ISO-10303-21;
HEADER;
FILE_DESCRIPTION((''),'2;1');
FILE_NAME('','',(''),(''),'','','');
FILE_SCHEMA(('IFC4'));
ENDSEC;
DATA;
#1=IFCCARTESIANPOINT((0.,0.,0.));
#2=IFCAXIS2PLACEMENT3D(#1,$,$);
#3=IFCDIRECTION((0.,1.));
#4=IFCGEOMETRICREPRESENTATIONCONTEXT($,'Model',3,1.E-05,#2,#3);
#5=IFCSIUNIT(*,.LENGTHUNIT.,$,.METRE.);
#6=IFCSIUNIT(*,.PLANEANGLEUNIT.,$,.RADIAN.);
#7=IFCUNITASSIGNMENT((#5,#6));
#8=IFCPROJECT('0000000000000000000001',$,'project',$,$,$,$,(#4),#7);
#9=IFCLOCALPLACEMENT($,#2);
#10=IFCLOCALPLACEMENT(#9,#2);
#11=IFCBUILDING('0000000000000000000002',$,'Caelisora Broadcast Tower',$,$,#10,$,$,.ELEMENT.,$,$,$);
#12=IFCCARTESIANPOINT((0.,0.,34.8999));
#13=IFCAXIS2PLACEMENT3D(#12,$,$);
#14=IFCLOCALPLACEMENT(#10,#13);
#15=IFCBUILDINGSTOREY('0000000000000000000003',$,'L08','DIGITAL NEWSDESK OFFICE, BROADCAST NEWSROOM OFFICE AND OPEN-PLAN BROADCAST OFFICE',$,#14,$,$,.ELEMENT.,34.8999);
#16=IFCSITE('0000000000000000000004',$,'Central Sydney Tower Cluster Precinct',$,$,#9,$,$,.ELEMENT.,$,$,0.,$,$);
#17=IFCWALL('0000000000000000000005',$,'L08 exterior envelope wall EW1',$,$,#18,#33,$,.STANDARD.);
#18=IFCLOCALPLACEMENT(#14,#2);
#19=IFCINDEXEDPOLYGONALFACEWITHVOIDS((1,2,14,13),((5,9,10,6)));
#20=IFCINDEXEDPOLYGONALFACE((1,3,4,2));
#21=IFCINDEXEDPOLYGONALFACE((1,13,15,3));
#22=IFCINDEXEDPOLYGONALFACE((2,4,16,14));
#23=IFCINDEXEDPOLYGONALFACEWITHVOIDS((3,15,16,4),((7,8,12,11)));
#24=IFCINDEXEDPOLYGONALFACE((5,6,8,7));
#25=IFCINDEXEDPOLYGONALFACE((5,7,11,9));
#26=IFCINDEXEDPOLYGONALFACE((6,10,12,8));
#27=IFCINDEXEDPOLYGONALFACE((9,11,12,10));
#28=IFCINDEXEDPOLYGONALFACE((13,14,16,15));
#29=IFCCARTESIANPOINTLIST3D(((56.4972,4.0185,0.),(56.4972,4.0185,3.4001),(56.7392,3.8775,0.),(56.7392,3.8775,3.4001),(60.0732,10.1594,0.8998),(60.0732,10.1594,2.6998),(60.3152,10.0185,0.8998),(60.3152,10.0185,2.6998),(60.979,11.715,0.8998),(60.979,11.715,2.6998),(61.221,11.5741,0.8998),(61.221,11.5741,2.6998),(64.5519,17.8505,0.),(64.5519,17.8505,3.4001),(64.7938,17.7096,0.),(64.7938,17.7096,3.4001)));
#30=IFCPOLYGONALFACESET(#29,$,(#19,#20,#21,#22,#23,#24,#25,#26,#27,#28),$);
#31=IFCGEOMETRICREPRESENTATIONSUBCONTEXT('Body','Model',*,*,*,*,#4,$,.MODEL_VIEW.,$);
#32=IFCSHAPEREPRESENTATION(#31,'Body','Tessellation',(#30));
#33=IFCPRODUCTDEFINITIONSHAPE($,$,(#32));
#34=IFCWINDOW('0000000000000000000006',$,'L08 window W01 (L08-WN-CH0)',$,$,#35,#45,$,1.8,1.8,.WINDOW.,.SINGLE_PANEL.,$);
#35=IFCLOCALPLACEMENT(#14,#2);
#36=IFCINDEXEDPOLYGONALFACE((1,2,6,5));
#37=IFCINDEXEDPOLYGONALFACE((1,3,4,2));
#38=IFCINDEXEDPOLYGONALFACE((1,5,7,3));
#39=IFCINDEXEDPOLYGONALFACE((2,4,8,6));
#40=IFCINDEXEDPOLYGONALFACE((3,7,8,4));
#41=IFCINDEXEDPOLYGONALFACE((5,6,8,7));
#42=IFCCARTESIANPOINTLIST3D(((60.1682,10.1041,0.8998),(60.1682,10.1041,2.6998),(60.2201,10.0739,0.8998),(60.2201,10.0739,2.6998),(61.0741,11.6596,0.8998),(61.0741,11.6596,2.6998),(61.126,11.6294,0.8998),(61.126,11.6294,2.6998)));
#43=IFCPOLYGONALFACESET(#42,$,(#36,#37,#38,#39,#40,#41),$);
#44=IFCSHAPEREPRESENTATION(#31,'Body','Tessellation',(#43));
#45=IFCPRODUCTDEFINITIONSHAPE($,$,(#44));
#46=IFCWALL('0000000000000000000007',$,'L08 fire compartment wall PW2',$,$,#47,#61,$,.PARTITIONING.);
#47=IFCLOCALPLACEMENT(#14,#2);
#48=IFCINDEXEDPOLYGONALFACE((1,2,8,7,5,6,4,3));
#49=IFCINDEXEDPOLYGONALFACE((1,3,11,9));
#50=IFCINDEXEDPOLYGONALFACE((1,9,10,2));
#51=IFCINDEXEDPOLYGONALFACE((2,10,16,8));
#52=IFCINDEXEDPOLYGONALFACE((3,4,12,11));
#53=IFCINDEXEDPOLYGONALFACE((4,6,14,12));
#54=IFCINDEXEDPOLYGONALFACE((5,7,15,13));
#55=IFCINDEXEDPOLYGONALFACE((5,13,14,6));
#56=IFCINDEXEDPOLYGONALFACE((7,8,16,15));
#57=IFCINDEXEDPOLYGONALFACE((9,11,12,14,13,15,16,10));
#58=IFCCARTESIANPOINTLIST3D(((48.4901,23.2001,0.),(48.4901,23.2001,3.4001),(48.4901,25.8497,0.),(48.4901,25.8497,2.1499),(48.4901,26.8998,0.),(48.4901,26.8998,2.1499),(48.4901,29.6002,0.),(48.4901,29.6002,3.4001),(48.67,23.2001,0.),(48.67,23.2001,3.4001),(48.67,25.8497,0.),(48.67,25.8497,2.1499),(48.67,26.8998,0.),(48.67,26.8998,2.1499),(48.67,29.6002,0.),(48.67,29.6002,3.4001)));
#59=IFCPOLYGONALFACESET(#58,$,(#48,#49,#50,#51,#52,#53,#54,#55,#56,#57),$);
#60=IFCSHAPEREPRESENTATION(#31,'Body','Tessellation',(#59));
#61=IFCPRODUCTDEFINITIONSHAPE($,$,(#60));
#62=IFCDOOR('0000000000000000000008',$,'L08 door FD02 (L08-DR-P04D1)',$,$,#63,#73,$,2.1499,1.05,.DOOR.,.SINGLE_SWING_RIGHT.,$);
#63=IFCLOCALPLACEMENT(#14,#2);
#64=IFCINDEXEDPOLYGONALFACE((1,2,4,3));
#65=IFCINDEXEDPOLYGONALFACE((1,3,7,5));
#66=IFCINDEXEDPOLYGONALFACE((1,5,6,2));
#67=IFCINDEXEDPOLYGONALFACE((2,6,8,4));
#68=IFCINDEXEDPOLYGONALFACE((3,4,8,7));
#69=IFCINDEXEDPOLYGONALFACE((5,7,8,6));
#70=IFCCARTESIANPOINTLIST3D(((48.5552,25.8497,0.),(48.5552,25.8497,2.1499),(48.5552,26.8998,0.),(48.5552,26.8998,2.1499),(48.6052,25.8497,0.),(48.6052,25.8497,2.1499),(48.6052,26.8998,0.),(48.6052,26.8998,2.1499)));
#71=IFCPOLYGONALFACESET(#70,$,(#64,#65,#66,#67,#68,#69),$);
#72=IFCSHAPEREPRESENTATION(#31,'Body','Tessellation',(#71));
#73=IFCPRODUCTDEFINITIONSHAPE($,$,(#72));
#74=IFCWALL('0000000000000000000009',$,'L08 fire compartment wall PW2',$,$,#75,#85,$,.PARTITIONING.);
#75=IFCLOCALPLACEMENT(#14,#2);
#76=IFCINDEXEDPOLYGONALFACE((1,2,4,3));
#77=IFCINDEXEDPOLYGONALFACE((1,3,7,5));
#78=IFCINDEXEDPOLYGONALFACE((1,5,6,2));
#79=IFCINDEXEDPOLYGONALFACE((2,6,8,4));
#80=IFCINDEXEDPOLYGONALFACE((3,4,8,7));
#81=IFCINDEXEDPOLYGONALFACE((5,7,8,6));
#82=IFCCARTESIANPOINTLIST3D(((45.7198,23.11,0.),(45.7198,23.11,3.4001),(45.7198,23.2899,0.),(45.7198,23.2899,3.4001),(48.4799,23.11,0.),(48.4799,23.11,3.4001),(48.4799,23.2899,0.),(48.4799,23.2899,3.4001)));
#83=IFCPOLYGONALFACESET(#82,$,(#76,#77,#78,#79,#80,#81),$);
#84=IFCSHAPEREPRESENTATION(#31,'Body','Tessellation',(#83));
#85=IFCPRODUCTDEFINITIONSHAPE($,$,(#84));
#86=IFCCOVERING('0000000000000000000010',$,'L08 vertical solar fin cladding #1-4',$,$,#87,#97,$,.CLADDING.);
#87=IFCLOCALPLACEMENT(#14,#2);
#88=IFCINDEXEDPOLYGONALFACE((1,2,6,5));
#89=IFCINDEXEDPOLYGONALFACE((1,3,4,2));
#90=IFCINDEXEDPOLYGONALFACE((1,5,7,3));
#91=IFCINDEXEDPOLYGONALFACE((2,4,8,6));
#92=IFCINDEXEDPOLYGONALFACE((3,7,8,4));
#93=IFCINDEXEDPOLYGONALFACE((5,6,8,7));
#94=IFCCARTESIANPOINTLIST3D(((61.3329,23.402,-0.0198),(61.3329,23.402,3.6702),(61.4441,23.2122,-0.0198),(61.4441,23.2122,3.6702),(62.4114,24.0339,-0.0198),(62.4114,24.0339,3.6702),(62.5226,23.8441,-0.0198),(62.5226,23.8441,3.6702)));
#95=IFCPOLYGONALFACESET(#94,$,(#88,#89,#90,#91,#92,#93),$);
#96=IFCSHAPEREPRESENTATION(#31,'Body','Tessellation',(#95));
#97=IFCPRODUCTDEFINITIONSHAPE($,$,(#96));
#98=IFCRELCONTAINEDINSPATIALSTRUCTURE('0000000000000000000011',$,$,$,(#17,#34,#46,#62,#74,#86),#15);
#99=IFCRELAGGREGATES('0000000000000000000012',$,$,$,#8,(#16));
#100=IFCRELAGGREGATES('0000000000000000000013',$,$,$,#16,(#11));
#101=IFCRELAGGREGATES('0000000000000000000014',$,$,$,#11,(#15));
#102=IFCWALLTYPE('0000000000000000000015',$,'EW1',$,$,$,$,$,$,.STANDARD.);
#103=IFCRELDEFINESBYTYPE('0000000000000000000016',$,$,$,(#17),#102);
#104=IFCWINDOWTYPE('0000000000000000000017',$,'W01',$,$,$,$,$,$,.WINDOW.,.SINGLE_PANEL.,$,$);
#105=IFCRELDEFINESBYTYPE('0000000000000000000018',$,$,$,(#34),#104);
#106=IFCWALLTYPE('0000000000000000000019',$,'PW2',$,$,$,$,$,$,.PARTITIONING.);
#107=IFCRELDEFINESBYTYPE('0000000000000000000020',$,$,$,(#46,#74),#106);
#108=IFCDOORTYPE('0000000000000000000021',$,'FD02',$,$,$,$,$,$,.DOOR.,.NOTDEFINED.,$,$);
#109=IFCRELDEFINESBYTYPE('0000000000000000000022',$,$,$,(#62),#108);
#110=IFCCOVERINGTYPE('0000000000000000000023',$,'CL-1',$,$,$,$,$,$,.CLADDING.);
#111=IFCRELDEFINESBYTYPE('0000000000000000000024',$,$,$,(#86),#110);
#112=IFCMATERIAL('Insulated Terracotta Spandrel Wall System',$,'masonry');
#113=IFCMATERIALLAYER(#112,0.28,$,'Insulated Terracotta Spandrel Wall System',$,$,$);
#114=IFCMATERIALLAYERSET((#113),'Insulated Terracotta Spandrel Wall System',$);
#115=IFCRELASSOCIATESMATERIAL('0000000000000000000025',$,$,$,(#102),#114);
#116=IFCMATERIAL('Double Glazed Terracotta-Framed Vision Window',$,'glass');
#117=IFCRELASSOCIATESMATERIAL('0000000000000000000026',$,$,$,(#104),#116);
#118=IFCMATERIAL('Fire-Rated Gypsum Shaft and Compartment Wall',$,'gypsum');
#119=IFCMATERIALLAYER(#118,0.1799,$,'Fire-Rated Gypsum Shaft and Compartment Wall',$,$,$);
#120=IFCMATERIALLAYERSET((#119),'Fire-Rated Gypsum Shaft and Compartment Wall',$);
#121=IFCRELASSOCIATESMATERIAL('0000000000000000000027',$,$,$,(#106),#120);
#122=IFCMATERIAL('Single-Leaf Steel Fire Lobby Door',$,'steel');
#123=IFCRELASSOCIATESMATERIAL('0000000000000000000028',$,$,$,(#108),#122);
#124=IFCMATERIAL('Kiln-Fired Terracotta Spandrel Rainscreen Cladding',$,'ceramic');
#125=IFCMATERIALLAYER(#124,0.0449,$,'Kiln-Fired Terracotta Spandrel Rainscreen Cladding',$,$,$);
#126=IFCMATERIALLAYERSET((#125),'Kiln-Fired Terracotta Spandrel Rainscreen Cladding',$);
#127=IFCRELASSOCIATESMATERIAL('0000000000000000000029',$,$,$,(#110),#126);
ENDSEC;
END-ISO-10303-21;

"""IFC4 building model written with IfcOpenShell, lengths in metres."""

from ifc_helpers import new_model, si_unit, direction, frame, frame_2d, origin, origin_2d, place, context, subcontext, project, spatial, rectangle, extrude, source, transform, mapped, material, layer, layer_set, type_object, type_shapes, element, fill, save


model = new_model("IFC4")

# Units and contexts
model_context = context("Model", 3, precision=1e-05, world=origin(), true_north=direction((0.0, 1.0)))
body_context = subcontext(model_context, "Body", "Model", "MODEL_VIEW")
ifc_project = project(units=[si_unit("LENGTHUNIT", "METRE"), si_unit("PLANEANGLEUNIT", "RADIAN")], contexts=[model_context])

# Site, building, storey
site_placement = place(None, origin())
site = spatial("IfcSite", under=ifc_project, at=site_placement, Name="Central Sydney Tower Cluster Precinct", CompositionType="ELEMENT", RefElevation=0.0)
building_placement = place(site_placement, origin())
building = spatial("IfcBuilding", under=site, at=building_placement, Name="Caelisora Broadcast Tower", CompositionType="ELEMENT")
storey_placement = place(building_placement, frame((0.0, 0.0, 34.8999)))
storey = spatial("IfcBuildingStorey", under=building, at=storey_placement, Name="L08", Description="DIGITAL NEWSDESK OFFICE, BROADCAST NEWSROOM OFFICE AND OPEN-PLAN BROADCAST OFFICE", CompositionType="ELEMENT", Elevation=34.8999)

# Wall, opening, window
ifc_material_1 = material(Name="Insulated Terracotta Spandrel Wall System", Category="masonry")
ifc_layer_1 = layer(ifc_material_1, 0.28, Name="Insulated Terracotta Spandrel Wall System")
ifc_layer_set_1 = layer_set([ifc_layer_1], Name="Insulated Terracotta Spandrel Wall System")
wall_type_1 = type_object("IfcWallType", Name="EW1", PredefinedType="STANDARD", material=ifc_layer_set_1)
wall_1_placement = place(storey_placement, frame((64.6729, 17.78, 0.0), z_axis=(0.0, 0.0, 1.0), x_axis=(-0.503218, -0.864159, 0.0)))
wall_1 = element("IfcWall", 1, at=wall_1_placement, inside=storey, type_object=wall_type_1, Name="L08 exterior envelope wall EW1", PredefinedType="STANDARD", context=body_context, shape_type="SweptSolid", body=[
    extrude(rectangle(XDim=16.0063, YDim=0.28, at=frame_2d((8.0032, 0.0))), origin(), (0.0, 0.0, 1.0), 3.4001),
])
opening_1_placement = place(wall_1_placement, frame((7.1001, 0.0, 0.8999)))
opening_1 = element("IfcOpeningElement", 2, at=opening_1_placement, cuts=wall_1, PredefinedType="OPENING", context=body_context, shape_type="SweptSolid", body=[
    extrude(rectangle(XDim=1.8, YDim=1.8, at=frame_2d((0.8999, 0.8999))), frame((0.0, 0.1521, 0.0), z_axis=(0.0, -1.0, 0.0), x_axis=(1.0, 0.0, 0.0)), (0.0, 0.0, 1.0), 0.304),
])
ifc_material_2 = material(Name="Double Glazed Terracotta-Framed Vision Window", Category="glass")
window_type = type_object("IfcWindowType", Name="W01", PartitioningType="SINGLE_PANEL", PredefinedType="WINDOW", material=ifc_material_2)
window_placement = place(opening_1_placement, origin())
window = element("IfcWindow", 3, at=window_placement, inside=storey, type_object=window_type, Name="L08 window W01 (L08-WN-CH0)", OverallHeight=1.8, OverallWidth=1.8, PartitioningType="SINGLE_PANEL", PredefinedType="WINDOW", context=body_context, shape_type="SweptSolid", body=[
    extrude(rectangle(XDim=1.8, YDim=1.8, at=frame_2d((0.8999, 0.8999))), frame((0.0, 0.03, 0.0), z_axis=(0.0, -1.0, 0.0), x_axis=(1.0, 0.0, 0.0)), (0.0, 0.0, 1.0), 0.0601),
])
fill(opening_1, window)

# Wall, opening, door
ifc_material_3 = material(Name="Fire-Rated Gypsum Shaft and Compartment Wall", Category="gypsum")
ifc_layer_2 = layer(ifc_material_3, 0.1799, Name="Fire-Rated Gypsum Shaft and Compartment Wall")
ifc_layer_set_2 = layer_set([ifc_layer_2], Name="Fire-Rated Gypsum Shaft and Compartment Wall")
wall_type_2 = type_object("IfcWallType", Name="PW2", PredefinedType="PARTITIONING", material=ifc_layer_set_2)
wall_2_placement = place(storey_placement, frame((48.5801, 23.2, 0.0), z_axis=(0.0, 0.0, 1.0), x_axis=(0.0, 1.0, 0.0)))
wall_2 = element("IfcWall", 4, at=wall_2_placement, inside=storey, type_object=wall_type_2, Name="L08 fire compartment wall PW2", PredefinedType="PARTITIONING", context=body_context, shape_type="SweptSolid", body=[
    extrude(rectangle(XDim=6.4001, YDim=0.1799, at=frame_2d((3.2002, 0.0))), origin(), (0.0, 0.0, 1.0), 3.4001),
])
opening_2_placement = place(wall_2_placement, frame((2.6499, 0.0, 0.0)))
opening_2 = element("IfcOpeningElement", 5, at=opening_2_placement, cuts=wall_2, PredefinedType="OPENING", context=body_context, shape_type="SweptSolid", body=[
    extrude(rectangle(XDim=1.05, YDim=2.1499, at=frame_2d((0.5249, 1.075))), frame((0.0, 0.1021, 0.0), z_axis=(0.0, -1.0, 0.0), x_axis=(1.0, 0.0, 0.0)), (0.0, 0.0, 1.0), 0.2039),
])
ifc_material_4 = material(Name="Single-Leaf Steel Fire Lobby Door", Category="steel")
door_type = type_object("IfcDoorType", Name="FD02", OperationType="NOTDEFINED", PredefinedType="DOOR", material=ifc_material_4)
door_1_placement = place(opening_2_placement, origin())
door_1 = element("IfcDoor", 6, at=door_1_placement, inside=storey, type_object=door_type, Name="L08 door FD02 (L08-DR-P04D1)", OperationType="SINGLE_SWING_RIGHT", OverallHeight=2.1499, OverallWidth=1.05, PredefinedType="DOOR", context=body_context, shape_type="SweptSolid", body=[
    extrude(rectangle(XDim=1.05, YDim=2.1499, at=frame_2d((0.5249, 1.075))), frame((0.0, 0.0249, 0.0), z_axis=(0.0, -1.0, 0.0), x_axis=(1.0, 0.0, 0.0)), (0.0, 0.0, 1.0), 0.05),
])
fill(opening_2, door_1)

# Wall
wall_3_placement = place(storey_placement, frame((45.72, 23.2, 0.0), z_axis=(0.0, 0.0, 1.0), x_axis=(1.0, 0.0, 0.0)))
element("IfcWall", 7, at=wall_3_placement, inside=storey, type_object=wall_type_2, Name="L08 fire compartment wall PW2", PredefinedType="PARTITIONING", context=body_context, shape_type="SweptSolid", body=[
    extrude(rectangle(XDim=2.76, YDim=0.1799, at=frame_2d((1.3799, 0.0))), origin(), (0.0, 0.0, 1.0), 3.4001),
])

# Covering
ifc_material_5 = material(Name="Kiln-Fired Terracotta Spandrel Rainscreen Cladding", Category="ceramic")
ifc_layer_3 = layer(ifc_material_5, 0.0449, Name="Kiln-Fired Terracotta Spandrel Rainscreen Cladding")
ifc_layer_set_3 = layer_set([ifc_layer_3], Name="Kiln-Fired Terracotta Spandrel Rainscreen Cladding")
covering_type = type_object("IfcCoveringType", Name="CL-1", PredefinedType="CLADDING", material=ifc_layer_set_3)
shared_shape_1 = source(origin(), body_context, "Body", "SweptSolid", [
    extrude(rectangle(XDim=0.22, YDim=1.25, at=origin_2d()), origin(), (0.0, 0.0, 1.0), 3.6899),
])
type_shapes(covering_type, [shared_shape_1])
covering_placement = place(storey_placement, frame((61.9277, 23.623, -0.0198), z_axis=(0.0, 0.0, 1.0), x_axis=(0.505582, -0.862779, 0.0)))
element("IfcCovering", 8, at=covering_placement, inside=storey, type_object=covering_type, Name="L08 vertical solar fin cladding #1-4", PredefinedType="CLADDING", context=body_context, shape_type="MappedRepresentation", body=[
    mapped(shared_shape_1, transform((0.0, 0.0, 0.0), scale=1.0)),
])

save(model, "model.ifc")
